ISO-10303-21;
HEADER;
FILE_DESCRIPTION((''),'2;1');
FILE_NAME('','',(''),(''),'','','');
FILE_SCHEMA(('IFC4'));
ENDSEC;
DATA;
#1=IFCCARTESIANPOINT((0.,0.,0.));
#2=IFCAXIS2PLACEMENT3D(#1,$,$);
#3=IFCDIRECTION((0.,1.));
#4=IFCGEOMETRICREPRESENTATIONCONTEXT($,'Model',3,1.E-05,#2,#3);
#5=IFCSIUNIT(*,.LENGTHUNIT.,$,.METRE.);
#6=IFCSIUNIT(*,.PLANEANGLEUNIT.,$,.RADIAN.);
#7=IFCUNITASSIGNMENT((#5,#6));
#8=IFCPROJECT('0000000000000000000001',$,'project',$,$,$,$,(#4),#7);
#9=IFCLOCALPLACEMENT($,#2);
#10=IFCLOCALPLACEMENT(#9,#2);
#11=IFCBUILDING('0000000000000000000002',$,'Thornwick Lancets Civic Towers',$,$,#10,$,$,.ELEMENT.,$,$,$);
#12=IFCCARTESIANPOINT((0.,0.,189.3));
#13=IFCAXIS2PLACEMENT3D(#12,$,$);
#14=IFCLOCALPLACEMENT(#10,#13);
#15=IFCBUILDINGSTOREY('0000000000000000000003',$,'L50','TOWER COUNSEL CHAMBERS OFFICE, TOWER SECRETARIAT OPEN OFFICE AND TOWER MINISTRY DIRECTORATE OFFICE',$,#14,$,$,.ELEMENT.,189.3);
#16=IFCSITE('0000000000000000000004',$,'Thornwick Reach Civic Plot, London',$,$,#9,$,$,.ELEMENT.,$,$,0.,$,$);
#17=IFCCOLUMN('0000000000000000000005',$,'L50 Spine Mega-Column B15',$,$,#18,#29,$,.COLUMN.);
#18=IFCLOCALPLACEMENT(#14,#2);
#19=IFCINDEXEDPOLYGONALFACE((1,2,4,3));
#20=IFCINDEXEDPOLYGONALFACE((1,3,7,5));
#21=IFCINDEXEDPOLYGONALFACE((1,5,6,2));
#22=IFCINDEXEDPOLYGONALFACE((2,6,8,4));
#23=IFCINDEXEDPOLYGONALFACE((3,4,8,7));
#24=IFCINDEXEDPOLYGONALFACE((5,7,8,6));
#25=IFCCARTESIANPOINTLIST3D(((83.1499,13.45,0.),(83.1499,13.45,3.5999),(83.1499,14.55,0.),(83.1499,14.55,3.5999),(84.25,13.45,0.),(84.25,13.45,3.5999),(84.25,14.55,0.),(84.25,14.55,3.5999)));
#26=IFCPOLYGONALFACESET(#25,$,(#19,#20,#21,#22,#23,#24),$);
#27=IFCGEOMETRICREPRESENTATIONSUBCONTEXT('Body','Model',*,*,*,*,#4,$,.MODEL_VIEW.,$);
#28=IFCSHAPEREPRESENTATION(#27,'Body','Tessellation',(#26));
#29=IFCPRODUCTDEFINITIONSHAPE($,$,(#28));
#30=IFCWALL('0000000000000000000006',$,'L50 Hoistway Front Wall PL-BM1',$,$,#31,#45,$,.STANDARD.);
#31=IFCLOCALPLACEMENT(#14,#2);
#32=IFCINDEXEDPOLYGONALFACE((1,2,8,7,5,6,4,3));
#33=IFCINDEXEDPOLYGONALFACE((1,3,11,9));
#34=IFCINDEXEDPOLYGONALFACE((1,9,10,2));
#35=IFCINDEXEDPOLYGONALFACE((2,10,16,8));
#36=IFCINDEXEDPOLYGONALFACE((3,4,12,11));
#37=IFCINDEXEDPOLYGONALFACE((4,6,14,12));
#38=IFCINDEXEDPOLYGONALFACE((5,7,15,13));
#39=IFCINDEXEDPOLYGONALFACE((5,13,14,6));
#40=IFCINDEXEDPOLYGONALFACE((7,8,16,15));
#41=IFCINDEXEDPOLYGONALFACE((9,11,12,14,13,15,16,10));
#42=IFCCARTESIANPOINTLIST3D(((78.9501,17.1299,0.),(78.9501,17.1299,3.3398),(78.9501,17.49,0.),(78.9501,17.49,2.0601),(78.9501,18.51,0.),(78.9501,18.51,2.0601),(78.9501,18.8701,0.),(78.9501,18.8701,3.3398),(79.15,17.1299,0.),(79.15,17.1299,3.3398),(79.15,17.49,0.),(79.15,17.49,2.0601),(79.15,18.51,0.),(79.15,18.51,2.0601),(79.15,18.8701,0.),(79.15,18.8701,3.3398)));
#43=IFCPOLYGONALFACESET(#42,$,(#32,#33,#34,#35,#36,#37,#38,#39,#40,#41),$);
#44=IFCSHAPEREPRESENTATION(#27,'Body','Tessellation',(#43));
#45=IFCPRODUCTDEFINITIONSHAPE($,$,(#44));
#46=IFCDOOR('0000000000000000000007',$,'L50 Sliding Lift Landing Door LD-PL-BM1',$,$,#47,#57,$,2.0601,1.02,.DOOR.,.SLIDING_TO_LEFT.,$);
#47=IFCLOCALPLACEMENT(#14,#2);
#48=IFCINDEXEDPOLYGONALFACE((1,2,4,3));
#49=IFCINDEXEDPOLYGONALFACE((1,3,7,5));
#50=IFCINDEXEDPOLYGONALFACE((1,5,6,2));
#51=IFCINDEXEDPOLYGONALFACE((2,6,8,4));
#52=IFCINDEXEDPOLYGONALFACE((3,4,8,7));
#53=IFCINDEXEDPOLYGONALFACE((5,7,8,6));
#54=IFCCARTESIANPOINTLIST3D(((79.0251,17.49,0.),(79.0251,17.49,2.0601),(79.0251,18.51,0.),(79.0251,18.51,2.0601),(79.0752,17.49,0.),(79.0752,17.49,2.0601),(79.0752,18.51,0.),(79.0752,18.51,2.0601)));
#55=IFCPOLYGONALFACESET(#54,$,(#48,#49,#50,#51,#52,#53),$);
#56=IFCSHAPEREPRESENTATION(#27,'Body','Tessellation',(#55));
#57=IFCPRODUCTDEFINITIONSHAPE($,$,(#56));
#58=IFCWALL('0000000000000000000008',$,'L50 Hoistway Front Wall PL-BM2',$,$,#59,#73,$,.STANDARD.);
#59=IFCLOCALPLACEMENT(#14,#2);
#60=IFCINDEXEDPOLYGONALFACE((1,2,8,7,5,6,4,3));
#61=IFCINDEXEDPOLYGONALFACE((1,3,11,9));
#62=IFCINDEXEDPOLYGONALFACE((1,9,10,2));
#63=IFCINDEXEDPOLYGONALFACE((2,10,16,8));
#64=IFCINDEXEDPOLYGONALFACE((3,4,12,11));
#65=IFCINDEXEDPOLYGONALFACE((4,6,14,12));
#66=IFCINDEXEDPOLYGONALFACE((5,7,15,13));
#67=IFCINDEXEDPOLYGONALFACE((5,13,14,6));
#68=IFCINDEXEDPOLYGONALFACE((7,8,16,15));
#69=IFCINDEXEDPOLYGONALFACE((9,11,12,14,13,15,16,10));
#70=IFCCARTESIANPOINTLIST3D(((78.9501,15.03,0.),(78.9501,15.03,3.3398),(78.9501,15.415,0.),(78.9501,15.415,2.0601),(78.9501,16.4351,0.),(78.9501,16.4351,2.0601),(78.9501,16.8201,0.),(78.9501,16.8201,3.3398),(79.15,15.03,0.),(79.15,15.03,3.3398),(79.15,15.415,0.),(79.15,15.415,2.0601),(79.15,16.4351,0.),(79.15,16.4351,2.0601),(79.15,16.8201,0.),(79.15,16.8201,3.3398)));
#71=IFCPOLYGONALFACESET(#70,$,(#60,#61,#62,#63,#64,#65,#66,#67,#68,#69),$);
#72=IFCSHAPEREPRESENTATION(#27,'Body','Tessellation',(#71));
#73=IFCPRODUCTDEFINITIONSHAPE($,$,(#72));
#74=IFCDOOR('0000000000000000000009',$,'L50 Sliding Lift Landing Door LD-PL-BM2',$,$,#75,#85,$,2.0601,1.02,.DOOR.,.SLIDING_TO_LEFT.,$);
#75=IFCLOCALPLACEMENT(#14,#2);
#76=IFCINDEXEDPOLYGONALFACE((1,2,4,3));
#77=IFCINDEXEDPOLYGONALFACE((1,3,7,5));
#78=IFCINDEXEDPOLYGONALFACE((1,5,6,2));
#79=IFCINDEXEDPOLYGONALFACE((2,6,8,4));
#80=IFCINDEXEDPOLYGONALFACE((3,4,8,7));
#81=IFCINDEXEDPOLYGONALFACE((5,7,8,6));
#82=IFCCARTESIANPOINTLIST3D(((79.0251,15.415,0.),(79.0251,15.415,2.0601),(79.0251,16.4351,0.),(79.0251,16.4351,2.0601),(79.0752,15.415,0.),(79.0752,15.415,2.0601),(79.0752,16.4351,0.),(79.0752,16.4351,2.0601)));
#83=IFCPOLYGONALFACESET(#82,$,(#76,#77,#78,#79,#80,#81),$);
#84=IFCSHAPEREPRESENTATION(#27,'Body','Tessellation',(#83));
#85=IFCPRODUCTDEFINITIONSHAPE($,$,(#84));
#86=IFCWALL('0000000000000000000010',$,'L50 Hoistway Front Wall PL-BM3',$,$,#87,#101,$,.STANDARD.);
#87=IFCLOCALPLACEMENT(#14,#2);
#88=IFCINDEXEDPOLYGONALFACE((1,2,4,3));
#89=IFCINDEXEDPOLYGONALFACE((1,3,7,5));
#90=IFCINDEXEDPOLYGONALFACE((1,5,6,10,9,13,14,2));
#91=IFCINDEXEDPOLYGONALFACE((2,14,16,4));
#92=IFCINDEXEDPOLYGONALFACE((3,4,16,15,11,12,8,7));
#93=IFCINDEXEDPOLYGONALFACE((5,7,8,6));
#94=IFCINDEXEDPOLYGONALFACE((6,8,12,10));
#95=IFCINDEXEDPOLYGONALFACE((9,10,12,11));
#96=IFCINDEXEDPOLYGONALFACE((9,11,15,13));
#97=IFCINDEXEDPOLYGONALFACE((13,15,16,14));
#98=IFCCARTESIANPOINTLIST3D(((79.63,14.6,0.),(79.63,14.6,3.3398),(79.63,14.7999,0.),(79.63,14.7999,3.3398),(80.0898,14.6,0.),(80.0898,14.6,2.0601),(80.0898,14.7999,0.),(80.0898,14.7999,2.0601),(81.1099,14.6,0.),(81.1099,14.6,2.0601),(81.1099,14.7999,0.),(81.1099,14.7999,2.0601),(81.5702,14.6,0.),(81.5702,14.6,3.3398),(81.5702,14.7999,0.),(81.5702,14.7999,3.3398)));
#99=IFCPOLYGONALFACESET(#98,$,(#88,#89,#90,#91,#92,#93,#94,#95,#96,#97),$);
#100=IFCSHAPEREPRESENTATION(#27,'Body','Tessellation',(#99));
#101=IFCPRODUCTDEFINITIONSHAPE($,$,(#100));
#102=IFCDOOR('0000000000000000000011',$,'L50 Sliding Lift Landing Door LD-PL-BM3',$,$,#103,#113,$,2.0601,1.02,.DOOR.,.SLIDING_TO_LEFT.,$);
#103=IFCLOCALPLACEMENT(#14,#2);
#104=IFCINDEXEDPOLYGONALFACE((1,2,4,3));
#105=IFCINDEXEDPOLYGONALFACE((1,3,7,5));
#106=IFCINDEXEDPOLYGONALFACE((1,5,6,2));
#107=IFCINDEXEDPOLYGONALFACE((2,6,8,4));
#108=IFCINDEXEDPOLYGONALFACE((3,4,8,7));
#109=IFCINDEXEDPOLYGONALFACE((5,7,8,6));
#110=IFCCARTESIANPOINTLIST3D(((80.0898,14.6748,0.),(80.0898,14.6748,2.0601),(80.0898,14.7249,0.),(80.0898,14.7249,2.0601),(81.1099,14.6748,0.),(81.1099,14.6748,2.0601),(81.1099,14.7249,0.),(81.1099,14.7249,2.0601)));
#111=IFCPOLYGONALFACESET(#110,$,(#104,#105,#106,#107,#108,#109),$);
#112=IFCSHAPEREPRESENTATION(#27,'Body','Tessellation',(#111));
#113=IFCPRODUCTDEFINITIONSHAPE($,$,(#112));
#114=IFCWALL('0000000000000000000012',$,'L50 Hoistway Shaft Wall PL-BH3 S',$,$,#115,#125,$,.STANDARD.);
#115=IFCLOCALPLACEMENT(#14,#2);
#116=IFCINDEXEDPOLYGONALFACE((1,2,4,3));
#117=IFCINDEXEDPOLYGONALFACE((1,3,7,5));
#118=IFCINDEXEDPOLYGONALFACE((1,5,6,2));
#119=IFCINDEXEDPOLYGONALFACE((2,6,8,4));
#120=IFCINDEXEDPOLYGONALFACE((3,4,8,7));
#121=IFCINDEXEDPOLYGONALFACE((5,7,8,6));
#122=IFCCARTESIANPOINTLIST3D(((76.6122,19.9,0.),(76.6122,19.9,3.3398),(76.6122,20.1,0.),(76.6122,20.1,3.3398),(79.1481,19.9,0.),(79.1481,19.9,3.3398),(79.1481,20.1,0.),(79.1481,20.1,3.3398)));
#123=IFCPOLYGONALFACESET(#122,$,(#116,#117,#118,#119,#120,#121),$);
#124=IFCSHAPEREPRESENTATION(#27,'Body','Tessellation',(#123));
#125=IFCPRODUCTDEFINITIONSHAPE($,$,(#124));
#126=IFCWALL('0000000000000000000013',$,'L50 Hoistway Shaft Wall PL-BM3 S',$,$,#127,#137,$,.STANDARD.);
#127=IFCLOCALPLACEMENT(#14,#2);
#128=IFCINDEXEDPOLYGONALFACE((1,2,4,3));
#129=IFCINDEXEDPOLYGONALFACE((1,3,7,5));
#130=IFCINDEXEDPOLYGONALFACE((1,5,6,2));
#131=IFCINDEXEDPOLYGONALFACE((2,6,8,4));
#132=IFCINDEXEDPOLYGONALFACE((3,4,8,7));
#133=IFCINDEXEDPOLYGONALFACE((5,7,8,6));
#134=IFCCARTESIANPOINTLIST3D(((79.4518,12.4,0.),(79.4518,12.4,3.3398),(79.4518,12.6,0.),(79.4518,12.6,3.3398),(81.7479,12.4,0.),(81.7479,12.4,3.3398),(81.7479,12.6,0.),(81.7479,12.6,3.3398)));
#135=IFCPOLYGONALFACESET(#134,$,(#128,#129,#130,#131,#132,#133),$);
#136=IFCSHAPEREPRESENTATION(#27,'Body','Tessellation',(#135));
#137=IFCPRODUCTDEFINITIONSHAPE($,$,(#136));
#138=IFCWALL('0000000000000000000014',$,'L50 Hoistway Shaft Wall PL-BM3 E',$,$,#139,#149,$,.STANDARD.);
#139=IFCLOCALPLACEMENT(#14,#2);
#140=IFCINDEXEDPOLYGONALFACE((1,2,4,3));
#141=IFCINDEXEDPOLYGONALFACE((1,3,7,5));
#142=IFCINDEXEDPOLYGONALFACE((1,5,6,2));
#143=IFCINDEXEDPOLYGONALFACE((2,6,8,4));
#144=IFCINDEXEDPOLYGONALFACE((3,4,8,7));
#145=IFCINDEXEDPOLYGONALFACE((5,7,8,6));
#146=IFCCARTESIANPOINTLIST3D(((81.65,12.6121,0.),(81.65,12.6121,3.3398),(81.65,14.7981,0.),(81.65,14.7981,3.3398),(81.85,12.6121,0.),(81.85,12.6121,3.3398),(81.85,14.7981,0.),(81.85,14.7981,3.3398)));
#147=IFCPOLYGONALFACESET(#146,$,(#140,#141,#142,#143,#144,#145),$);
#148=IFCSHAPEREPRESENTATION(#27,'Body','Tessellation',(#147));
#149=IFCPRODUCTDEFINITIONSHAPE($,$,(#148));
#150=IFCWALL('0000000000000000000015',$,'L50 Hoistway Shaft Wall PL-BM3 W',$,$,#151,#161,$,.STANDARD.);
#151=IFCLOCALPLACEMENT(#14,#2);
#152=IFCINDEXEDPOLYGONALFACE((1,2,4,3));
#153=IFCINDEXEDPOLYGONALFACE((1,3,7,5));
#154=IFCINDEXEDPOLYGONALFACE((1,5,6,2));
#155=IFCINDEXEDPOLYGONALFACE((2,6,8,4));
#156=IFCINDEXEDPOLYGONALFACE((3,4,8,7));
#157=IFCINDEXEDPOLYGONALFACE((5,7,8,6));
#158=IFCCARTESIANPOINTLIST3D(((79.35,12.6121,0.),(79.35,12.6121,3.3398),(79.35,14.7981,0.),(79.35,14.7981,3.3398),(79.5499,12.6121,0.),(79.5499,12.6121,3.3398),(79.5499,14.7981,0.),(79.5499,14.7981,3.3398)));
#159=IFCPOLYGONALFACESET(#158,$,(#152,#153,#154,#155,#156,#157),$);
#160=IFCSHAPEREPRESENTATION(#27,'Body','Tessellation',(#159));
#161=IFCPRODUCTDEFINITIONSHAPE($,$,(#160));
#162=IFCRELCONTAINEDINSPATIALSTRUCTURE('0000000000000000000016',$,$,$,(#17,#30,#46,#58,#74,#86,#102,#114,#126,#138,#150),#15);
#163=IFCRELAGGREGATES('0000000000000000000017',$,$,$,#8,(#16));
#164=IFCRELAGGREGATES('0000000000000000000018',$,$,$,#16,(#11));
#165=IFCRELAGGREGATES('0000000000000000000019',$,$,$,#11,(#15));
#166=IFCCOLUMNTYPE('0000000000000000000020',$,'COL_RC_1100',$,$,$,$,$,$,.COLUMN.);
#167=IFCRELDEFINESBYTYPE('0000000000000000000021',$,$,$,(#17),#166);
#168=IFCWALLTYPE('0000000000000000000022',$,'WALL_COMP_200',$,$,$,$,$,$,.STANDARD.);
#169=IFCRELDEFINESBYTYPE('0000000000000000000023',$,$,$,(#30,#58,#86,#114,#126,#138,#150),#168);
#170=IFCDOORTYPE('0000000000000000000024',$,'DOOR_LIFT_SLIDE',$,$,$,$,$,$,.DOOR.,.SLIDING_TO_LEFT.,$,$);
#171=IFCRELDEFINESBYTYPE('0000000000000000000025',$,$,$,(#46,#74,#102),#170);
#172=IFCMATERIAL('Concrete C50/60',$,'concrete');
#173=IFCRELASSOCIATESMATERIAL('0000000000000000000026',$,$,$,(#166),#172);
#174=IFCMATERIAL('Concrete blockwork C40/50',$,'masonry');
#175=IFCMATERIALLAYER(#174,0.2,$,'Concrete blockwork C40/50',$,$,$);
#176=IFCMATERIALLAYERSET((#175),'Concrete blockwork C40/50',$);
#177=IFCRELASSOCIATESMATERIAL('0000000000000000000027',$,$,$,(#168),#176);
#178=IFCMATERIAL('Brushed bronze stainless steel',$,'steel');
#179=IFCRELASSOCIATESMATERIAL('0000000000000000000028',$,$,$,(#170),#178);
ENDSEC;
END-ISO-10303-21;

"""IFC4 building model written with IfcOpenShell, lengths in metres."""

from ifc_helpers import new_model, si_unit, direction, frame, frame_2d, origin, origin_2d, place, context, subcontext, project, spatial, rectangle, extrude, material, layer, layer_set, material_profile, profile_set, type_object, element, fill, save


model = new_model("IFC4")

# Units and contexts
model_context = context("Model", 3, precision=1e-05, world=origin(), true_north=direction((0.0, 1.0)))
body_context = subcontext(model_context, "Body", "Model", "MODEL_VIEW")
ifc_project = project(units=[si_unit("LENGTHUNIT", "METRE"), si_unit("PLANEANGLEUNIT", "RADIAN")], contexts=[model_context])

# Site, building, storey
site_placement = place(None, origin())
site = spatial("IfcSite", under=ifc_project, at=site_placement, Name="Thornwick Reach Civic Plot, London", CompositionType="ELEMENT", RefElevation=0.0)
building_placement = place(site_placement, origin())
building = spatial("IfcBuilding", under=site, at=building_placement, Name="Thornwick Lancets Civic Towers", CompositionType="ELEMENT")
storey_placement = place(building_placement, frame((0.0, 0.0, 189.3)))
storey = spatial("IfcBuildingStorey", under=building, at=storey_placement, Name="L50", Description="TOWER COUNSEL CHAMBERS OFFICE, TOWER SECRETARIAT OPEN OFFICE AND TOWER MINISTRY DIRECTORATE OFFICE", CompositionType="ELEMENT", Elevation=189.3)

# Column
ifc_material_1 = material(Name="Concrete C50/60", Category="concrete")
ifc_material_profile = material_profile(ifc_material_1, rectangle(XDim=1.1001, YDim=1.1001, at=origin_2d()), Name="RC 1100x1100")
ifc_profile_set = profile_set([ifc_material_profile], Name="Concrete C50/60")
column_type = type_object("IfcColumnType", Name="COL_RC_1100", PredefinedType="COLUMN", material=ifc_profile_set)
column_placement = place(storey_placement, frame((83.7, 14.0, 0.0), z_axis=(0.0, 0.0, 1.0), x_axis=(1.0, 0.0, 0.0)))
element("IfcColumn", 1, at=column_placement, inside=storey, type_object=column_type, Name="L50 Spine Mega-Column B15", PredefinedType="COLUMN", context=body_context, shape_type="SweptSolid", body=[
    extrude(rectangle(XDim=1.1001, YDim=1.1001, at=origin_2d()), origin(), (0.0, 0.0, 1.0), 3.5999),
])

# Walls, openings, doors
ifc_material_2 = material(Name="Concrete blockwork C40/50", Category="masonry")
ifc_layer_1 = layer(ifc_material_2, 0.2, Name="Concrete blockwork C40/50")
ifc_layer_set_1 = layer_set([ifc_layer_1], Name="Concrete blockwork C40/50")
wall_type_1 = type_object("IfcWallType", Name="WALL_COMP_200", PredefinedType="STANDARD", material=ifc_layer_set_1)
wall_1_placement = place(storey_placement, frame((79.05, 17.1299, 0.0), z_axis=(0.0, 0.0, 1.0), x_axis=(0.0, 1.0, 0.0)))
wall_1 = element("IfcWall", 2, at=wall_1_placement, inside=storey, type_object=wall_type_1, Name="L50 Hoistway Front Wall PL-BM1", PredefinedType="STANDARD", context=body_context, shape_type="SweptSolid", body=[
    extrude(rectangle(XDim=1.7402, YDim=0.2, at=frame_2d((0.8701, 0.0))), origin(), (0.0, 0.0, 1.0), 3.3398),
])
opening_1_placement = place(wall_1_placement, frame((0.3601, 0.0, 0.0)))
opening_1 = element("IfcOpeningElement", 3, at=opening_1_placement, cuts=wall_1, PredefinedType="OPENING", context=body_context, shape_type="SweptSolid", body=[
    extrude(rectangle(XDim=1.02, YDim=2.0601, at=frame_2d((0.51, 1.03))), frame((0.0, 0.1099, 0.0), z_axis=(0.0, -1.0, 0.0), x_axis=(1.0, 0.0, 0.0)), (0.0, 0.0, 1.0), 0.22),
])
ifc_material_3 = material(Name="Brushed bronze stainless steel", Category="steel")
door_type_1 = type_object("IfcDoorType", Name="DOOR_LIFT_SLIDE", OperationType="SLIDING_TO_LEFT", PredefinedType="DOOR", material=ifc_material_3)
door_1_placement = place(opening_1_placement, origin())
door_1 = element("IfcDoor", 4, at=door_1_placement, inside=storey, type_object=door_type_1, Name="L50 Sliding Lift Landing Door LD-PL-BM1", OperationType="SLIDING_TO_LEFT", OverallHeight=2.0601, OverallWidth=1.02, PredefinedType="DOOR", context=body_context, shape_type="SweptSolid", body=[
    extrude(rectangle(XDim=1.02, YDim=2.0601, at=frame_2d((0.51, 1.03))), frame((0.0, 0.0249, 0.0), z_axis=(0.0, -1.0, 0.0), x_axis=(1.0, 0.0, 0.0)), (0.0, 0.0, 1.0), 0.05),
])
fill(opening_1, door_1)
wall_2_placement = place(storey_placement, frame((79.05, 15.03, 0.0), z_axis=(0.0, 0.0, 1.0), x_axis=(0.0, 1.0, 0.0)))
wall_2 = element("IfcWall", 5, at=wall_2_placement, inside=storey, type_object=wall_type_1, Name="L50 Hoistway Front Wall PL-BM2", PredefinedType="STANDARD", context=body_context, shape_type="SweptSolid", body=[
    extrude(rectangle(XDim=1.79, YDim=0.2, at=frame_2d((0.895, 0.0))), origin(), (0.0, 0.0, 1.0), 3.3398),
])
opening_2_placement = place(wall_2_placement, frame((0.385, 0.0, 0.0)))
opening_2 = element("IfcOpeningElement", 6, at=opening_2_placement, cuts=wall_2, PredefinedType="OPENING", context=body_context, shape_type="SweptSolid", body=[
    extrude(rectangle(XDim=1.02, YDim=2.0601, at=frame_2d((0.51, 1.03))), frame((0.0, 0.1099, 0.0), z_axis=(0.0, -1.0, 0.0), x_axis=(1.0, 0.0, 0.0)), (0.0, 0.0, 1.0), 0.22),
])
door_2_placement = place(opening_2_placement, origin())
door_2 = element("IfcDoor", 7, at=door_2_placement, inside=storey, type_object=door_type_1, Name="L50 Sliding Lift Landing Door LD-PL-BM2", OperationType="SLIDING_TO_LEFT", OverallHeight=2.0601, OverallWidth=1.02, PredefinedType="DOOR", context=body_context, shape_type="SweptSolid", body=[
    extrude(rectangle(XDim=1.02, YDim=2.0601, at=frame_2d((0.51, 1.03))), frame((0.0, 0.0249, 0.0), z_axis=(0.0, -1.0, 0.0), x_axis=(1.0, 0.0, 0.0)), (0.0, 0.0, 1.0), 0.05),
])
fill(opening_2, door_2)
wall_3_placement = place(storey_placement, frame((79.6299, 14.7, 0.0), z_axis=(0.0, 0.0, 1.0), x_axis=(1.0, 0.0, 0.0)))
wall_3 = element("IfcWall", 8, at=wall_3_placement, inside=storey, type_object=wall_type_1, Name="L50 Hoistway Front Wall PL-BM3", PredefinedType="STANDARD", context=body_context, shape_type="SweptSolid", body=[
    extrude(rectangle(XDim=1.9402, YDim=0.2, at=frame_2d((0.9702, 0.0))), origin(), (0.0, 0.0, 1.0), 3.3398),
])
opening_3_placement = place(wall_3_placement, frame((0.46, 0.0, 0.0)))
opening_3 = element("IfcOpeningElement", 9, at=opening_3_placement, cuts=wall_3, PredefinedType="OPENING", context=body_context, shape_type="SweptSolid", body=[
    extrude(rectangle(XDim=1.02, YDim=2.0601, at=frame_2d((0.51, 1.03))), frame((0.0, 0.1099, 0.0), z_axis=(0.0, -1.0, 0.0), x_axis=(1.0, 0.0, 0.0)), (0.0, 0.0, 1.0), 0.22),
])
door_3_placement = place(opening_3_placement, origin())
door_3 = element("IfcDoor", 10, at=door_3_placement, inside=storey, type_object=door_type_1, Name="L50 Sliding Lift Landing Door LD-PL-BM3", OperationType="SLIDING_TO_LEFT", OverallHeight=2.0601, OverallWidth=1.02, PredefinedType="DOOR", context=body_context, shape_type="SweptSolid", body=[
    extrude(rectangle(XDim=1.02, YDim=2.0601, at=frame_2d((0.51, 1.03))), frame((0.0, 0.0249, 0.0), z_axis=(0.0, -1.0, 0.0), x_axis=(1.0, 0.0, 0.0)), (0.0, 0.0, 1.0), 0.05),
])
fill(opening_3, door_3)

# Walls
wall_4_placement = place(storey_placement, frame((76.6121, 20.0, 0.0), z_axis=(0.0, 0.0, 1.0), x_axis=(1.0, 0.0, 0.0)))
element("IfcWall", 11, at=wall_4_placement, inside=storey, type_object=wall_type_1, Name="L50 Hoistway Shaft Wall PL-BH3 S", PredefinedType="STANDARD", context=body_context, shape_type="SweptSolid", body=[
    extrude(rectangle(XDim=2.5359, YDim=0.2, at=frame_2d((1.2681, 0.0))), origin(), (0.0, 0.0, 1.0), 3.3398),
])
wall_5_placement = place(storey_placement, frame((79.4519, 12.5, 0.0), z_axis=(0.0, 0.0, 1.0), x_axis=(1.0, 0.0, 0.0)))
element("IfcWall", 12, at=wall_5_placement, inside=storey, type_object=wall_type_1, Name="L50 Hoistway Shaft Wall PL-BM3 S", PredefinedType="STANDARD", context=body_context, shape_type="SweptSolid", body=[
    extrude(rectangle(XDim=2.2961, YDim=0.2, at=frame_2d((1.1479, 0.0))), origin(), (0.0, 0.0, 1.0), 3.3398),
])
for number, where, z_axis, x_axis, name in (
    (13, (81.75, 12.6121, 0.0), (0.0, 0.0, 1.0), (0.0, 1.0, 0.0), "L50 Hoistway Shaft Wall PL-BM3 E"),
    (14, (79.45, 12.6121, 0.0), (0.0, 0.0, 1.0), (0.0, 1.0, 0.0), "L50 Hoistway Shaft Wall PL-BM3 W"),
):
    element("IfcWall", number, at=place(storey_placement, frame(where, z_axis=z_axis, x_axis=x_axis)), inside=storey, type_object=wall_type_1, Name=name, PredefinedType="STANDARD", context=body_context, shape_type="SweptSolid", body=[
        extrude(rectangle(XDim=2.186, YDim=0.2, at=frame_2d((1.093, 0.0))), origin(), (0.0, 0.0, 1.0), 3.3398),
    ])

save(model, "model.ifc")
